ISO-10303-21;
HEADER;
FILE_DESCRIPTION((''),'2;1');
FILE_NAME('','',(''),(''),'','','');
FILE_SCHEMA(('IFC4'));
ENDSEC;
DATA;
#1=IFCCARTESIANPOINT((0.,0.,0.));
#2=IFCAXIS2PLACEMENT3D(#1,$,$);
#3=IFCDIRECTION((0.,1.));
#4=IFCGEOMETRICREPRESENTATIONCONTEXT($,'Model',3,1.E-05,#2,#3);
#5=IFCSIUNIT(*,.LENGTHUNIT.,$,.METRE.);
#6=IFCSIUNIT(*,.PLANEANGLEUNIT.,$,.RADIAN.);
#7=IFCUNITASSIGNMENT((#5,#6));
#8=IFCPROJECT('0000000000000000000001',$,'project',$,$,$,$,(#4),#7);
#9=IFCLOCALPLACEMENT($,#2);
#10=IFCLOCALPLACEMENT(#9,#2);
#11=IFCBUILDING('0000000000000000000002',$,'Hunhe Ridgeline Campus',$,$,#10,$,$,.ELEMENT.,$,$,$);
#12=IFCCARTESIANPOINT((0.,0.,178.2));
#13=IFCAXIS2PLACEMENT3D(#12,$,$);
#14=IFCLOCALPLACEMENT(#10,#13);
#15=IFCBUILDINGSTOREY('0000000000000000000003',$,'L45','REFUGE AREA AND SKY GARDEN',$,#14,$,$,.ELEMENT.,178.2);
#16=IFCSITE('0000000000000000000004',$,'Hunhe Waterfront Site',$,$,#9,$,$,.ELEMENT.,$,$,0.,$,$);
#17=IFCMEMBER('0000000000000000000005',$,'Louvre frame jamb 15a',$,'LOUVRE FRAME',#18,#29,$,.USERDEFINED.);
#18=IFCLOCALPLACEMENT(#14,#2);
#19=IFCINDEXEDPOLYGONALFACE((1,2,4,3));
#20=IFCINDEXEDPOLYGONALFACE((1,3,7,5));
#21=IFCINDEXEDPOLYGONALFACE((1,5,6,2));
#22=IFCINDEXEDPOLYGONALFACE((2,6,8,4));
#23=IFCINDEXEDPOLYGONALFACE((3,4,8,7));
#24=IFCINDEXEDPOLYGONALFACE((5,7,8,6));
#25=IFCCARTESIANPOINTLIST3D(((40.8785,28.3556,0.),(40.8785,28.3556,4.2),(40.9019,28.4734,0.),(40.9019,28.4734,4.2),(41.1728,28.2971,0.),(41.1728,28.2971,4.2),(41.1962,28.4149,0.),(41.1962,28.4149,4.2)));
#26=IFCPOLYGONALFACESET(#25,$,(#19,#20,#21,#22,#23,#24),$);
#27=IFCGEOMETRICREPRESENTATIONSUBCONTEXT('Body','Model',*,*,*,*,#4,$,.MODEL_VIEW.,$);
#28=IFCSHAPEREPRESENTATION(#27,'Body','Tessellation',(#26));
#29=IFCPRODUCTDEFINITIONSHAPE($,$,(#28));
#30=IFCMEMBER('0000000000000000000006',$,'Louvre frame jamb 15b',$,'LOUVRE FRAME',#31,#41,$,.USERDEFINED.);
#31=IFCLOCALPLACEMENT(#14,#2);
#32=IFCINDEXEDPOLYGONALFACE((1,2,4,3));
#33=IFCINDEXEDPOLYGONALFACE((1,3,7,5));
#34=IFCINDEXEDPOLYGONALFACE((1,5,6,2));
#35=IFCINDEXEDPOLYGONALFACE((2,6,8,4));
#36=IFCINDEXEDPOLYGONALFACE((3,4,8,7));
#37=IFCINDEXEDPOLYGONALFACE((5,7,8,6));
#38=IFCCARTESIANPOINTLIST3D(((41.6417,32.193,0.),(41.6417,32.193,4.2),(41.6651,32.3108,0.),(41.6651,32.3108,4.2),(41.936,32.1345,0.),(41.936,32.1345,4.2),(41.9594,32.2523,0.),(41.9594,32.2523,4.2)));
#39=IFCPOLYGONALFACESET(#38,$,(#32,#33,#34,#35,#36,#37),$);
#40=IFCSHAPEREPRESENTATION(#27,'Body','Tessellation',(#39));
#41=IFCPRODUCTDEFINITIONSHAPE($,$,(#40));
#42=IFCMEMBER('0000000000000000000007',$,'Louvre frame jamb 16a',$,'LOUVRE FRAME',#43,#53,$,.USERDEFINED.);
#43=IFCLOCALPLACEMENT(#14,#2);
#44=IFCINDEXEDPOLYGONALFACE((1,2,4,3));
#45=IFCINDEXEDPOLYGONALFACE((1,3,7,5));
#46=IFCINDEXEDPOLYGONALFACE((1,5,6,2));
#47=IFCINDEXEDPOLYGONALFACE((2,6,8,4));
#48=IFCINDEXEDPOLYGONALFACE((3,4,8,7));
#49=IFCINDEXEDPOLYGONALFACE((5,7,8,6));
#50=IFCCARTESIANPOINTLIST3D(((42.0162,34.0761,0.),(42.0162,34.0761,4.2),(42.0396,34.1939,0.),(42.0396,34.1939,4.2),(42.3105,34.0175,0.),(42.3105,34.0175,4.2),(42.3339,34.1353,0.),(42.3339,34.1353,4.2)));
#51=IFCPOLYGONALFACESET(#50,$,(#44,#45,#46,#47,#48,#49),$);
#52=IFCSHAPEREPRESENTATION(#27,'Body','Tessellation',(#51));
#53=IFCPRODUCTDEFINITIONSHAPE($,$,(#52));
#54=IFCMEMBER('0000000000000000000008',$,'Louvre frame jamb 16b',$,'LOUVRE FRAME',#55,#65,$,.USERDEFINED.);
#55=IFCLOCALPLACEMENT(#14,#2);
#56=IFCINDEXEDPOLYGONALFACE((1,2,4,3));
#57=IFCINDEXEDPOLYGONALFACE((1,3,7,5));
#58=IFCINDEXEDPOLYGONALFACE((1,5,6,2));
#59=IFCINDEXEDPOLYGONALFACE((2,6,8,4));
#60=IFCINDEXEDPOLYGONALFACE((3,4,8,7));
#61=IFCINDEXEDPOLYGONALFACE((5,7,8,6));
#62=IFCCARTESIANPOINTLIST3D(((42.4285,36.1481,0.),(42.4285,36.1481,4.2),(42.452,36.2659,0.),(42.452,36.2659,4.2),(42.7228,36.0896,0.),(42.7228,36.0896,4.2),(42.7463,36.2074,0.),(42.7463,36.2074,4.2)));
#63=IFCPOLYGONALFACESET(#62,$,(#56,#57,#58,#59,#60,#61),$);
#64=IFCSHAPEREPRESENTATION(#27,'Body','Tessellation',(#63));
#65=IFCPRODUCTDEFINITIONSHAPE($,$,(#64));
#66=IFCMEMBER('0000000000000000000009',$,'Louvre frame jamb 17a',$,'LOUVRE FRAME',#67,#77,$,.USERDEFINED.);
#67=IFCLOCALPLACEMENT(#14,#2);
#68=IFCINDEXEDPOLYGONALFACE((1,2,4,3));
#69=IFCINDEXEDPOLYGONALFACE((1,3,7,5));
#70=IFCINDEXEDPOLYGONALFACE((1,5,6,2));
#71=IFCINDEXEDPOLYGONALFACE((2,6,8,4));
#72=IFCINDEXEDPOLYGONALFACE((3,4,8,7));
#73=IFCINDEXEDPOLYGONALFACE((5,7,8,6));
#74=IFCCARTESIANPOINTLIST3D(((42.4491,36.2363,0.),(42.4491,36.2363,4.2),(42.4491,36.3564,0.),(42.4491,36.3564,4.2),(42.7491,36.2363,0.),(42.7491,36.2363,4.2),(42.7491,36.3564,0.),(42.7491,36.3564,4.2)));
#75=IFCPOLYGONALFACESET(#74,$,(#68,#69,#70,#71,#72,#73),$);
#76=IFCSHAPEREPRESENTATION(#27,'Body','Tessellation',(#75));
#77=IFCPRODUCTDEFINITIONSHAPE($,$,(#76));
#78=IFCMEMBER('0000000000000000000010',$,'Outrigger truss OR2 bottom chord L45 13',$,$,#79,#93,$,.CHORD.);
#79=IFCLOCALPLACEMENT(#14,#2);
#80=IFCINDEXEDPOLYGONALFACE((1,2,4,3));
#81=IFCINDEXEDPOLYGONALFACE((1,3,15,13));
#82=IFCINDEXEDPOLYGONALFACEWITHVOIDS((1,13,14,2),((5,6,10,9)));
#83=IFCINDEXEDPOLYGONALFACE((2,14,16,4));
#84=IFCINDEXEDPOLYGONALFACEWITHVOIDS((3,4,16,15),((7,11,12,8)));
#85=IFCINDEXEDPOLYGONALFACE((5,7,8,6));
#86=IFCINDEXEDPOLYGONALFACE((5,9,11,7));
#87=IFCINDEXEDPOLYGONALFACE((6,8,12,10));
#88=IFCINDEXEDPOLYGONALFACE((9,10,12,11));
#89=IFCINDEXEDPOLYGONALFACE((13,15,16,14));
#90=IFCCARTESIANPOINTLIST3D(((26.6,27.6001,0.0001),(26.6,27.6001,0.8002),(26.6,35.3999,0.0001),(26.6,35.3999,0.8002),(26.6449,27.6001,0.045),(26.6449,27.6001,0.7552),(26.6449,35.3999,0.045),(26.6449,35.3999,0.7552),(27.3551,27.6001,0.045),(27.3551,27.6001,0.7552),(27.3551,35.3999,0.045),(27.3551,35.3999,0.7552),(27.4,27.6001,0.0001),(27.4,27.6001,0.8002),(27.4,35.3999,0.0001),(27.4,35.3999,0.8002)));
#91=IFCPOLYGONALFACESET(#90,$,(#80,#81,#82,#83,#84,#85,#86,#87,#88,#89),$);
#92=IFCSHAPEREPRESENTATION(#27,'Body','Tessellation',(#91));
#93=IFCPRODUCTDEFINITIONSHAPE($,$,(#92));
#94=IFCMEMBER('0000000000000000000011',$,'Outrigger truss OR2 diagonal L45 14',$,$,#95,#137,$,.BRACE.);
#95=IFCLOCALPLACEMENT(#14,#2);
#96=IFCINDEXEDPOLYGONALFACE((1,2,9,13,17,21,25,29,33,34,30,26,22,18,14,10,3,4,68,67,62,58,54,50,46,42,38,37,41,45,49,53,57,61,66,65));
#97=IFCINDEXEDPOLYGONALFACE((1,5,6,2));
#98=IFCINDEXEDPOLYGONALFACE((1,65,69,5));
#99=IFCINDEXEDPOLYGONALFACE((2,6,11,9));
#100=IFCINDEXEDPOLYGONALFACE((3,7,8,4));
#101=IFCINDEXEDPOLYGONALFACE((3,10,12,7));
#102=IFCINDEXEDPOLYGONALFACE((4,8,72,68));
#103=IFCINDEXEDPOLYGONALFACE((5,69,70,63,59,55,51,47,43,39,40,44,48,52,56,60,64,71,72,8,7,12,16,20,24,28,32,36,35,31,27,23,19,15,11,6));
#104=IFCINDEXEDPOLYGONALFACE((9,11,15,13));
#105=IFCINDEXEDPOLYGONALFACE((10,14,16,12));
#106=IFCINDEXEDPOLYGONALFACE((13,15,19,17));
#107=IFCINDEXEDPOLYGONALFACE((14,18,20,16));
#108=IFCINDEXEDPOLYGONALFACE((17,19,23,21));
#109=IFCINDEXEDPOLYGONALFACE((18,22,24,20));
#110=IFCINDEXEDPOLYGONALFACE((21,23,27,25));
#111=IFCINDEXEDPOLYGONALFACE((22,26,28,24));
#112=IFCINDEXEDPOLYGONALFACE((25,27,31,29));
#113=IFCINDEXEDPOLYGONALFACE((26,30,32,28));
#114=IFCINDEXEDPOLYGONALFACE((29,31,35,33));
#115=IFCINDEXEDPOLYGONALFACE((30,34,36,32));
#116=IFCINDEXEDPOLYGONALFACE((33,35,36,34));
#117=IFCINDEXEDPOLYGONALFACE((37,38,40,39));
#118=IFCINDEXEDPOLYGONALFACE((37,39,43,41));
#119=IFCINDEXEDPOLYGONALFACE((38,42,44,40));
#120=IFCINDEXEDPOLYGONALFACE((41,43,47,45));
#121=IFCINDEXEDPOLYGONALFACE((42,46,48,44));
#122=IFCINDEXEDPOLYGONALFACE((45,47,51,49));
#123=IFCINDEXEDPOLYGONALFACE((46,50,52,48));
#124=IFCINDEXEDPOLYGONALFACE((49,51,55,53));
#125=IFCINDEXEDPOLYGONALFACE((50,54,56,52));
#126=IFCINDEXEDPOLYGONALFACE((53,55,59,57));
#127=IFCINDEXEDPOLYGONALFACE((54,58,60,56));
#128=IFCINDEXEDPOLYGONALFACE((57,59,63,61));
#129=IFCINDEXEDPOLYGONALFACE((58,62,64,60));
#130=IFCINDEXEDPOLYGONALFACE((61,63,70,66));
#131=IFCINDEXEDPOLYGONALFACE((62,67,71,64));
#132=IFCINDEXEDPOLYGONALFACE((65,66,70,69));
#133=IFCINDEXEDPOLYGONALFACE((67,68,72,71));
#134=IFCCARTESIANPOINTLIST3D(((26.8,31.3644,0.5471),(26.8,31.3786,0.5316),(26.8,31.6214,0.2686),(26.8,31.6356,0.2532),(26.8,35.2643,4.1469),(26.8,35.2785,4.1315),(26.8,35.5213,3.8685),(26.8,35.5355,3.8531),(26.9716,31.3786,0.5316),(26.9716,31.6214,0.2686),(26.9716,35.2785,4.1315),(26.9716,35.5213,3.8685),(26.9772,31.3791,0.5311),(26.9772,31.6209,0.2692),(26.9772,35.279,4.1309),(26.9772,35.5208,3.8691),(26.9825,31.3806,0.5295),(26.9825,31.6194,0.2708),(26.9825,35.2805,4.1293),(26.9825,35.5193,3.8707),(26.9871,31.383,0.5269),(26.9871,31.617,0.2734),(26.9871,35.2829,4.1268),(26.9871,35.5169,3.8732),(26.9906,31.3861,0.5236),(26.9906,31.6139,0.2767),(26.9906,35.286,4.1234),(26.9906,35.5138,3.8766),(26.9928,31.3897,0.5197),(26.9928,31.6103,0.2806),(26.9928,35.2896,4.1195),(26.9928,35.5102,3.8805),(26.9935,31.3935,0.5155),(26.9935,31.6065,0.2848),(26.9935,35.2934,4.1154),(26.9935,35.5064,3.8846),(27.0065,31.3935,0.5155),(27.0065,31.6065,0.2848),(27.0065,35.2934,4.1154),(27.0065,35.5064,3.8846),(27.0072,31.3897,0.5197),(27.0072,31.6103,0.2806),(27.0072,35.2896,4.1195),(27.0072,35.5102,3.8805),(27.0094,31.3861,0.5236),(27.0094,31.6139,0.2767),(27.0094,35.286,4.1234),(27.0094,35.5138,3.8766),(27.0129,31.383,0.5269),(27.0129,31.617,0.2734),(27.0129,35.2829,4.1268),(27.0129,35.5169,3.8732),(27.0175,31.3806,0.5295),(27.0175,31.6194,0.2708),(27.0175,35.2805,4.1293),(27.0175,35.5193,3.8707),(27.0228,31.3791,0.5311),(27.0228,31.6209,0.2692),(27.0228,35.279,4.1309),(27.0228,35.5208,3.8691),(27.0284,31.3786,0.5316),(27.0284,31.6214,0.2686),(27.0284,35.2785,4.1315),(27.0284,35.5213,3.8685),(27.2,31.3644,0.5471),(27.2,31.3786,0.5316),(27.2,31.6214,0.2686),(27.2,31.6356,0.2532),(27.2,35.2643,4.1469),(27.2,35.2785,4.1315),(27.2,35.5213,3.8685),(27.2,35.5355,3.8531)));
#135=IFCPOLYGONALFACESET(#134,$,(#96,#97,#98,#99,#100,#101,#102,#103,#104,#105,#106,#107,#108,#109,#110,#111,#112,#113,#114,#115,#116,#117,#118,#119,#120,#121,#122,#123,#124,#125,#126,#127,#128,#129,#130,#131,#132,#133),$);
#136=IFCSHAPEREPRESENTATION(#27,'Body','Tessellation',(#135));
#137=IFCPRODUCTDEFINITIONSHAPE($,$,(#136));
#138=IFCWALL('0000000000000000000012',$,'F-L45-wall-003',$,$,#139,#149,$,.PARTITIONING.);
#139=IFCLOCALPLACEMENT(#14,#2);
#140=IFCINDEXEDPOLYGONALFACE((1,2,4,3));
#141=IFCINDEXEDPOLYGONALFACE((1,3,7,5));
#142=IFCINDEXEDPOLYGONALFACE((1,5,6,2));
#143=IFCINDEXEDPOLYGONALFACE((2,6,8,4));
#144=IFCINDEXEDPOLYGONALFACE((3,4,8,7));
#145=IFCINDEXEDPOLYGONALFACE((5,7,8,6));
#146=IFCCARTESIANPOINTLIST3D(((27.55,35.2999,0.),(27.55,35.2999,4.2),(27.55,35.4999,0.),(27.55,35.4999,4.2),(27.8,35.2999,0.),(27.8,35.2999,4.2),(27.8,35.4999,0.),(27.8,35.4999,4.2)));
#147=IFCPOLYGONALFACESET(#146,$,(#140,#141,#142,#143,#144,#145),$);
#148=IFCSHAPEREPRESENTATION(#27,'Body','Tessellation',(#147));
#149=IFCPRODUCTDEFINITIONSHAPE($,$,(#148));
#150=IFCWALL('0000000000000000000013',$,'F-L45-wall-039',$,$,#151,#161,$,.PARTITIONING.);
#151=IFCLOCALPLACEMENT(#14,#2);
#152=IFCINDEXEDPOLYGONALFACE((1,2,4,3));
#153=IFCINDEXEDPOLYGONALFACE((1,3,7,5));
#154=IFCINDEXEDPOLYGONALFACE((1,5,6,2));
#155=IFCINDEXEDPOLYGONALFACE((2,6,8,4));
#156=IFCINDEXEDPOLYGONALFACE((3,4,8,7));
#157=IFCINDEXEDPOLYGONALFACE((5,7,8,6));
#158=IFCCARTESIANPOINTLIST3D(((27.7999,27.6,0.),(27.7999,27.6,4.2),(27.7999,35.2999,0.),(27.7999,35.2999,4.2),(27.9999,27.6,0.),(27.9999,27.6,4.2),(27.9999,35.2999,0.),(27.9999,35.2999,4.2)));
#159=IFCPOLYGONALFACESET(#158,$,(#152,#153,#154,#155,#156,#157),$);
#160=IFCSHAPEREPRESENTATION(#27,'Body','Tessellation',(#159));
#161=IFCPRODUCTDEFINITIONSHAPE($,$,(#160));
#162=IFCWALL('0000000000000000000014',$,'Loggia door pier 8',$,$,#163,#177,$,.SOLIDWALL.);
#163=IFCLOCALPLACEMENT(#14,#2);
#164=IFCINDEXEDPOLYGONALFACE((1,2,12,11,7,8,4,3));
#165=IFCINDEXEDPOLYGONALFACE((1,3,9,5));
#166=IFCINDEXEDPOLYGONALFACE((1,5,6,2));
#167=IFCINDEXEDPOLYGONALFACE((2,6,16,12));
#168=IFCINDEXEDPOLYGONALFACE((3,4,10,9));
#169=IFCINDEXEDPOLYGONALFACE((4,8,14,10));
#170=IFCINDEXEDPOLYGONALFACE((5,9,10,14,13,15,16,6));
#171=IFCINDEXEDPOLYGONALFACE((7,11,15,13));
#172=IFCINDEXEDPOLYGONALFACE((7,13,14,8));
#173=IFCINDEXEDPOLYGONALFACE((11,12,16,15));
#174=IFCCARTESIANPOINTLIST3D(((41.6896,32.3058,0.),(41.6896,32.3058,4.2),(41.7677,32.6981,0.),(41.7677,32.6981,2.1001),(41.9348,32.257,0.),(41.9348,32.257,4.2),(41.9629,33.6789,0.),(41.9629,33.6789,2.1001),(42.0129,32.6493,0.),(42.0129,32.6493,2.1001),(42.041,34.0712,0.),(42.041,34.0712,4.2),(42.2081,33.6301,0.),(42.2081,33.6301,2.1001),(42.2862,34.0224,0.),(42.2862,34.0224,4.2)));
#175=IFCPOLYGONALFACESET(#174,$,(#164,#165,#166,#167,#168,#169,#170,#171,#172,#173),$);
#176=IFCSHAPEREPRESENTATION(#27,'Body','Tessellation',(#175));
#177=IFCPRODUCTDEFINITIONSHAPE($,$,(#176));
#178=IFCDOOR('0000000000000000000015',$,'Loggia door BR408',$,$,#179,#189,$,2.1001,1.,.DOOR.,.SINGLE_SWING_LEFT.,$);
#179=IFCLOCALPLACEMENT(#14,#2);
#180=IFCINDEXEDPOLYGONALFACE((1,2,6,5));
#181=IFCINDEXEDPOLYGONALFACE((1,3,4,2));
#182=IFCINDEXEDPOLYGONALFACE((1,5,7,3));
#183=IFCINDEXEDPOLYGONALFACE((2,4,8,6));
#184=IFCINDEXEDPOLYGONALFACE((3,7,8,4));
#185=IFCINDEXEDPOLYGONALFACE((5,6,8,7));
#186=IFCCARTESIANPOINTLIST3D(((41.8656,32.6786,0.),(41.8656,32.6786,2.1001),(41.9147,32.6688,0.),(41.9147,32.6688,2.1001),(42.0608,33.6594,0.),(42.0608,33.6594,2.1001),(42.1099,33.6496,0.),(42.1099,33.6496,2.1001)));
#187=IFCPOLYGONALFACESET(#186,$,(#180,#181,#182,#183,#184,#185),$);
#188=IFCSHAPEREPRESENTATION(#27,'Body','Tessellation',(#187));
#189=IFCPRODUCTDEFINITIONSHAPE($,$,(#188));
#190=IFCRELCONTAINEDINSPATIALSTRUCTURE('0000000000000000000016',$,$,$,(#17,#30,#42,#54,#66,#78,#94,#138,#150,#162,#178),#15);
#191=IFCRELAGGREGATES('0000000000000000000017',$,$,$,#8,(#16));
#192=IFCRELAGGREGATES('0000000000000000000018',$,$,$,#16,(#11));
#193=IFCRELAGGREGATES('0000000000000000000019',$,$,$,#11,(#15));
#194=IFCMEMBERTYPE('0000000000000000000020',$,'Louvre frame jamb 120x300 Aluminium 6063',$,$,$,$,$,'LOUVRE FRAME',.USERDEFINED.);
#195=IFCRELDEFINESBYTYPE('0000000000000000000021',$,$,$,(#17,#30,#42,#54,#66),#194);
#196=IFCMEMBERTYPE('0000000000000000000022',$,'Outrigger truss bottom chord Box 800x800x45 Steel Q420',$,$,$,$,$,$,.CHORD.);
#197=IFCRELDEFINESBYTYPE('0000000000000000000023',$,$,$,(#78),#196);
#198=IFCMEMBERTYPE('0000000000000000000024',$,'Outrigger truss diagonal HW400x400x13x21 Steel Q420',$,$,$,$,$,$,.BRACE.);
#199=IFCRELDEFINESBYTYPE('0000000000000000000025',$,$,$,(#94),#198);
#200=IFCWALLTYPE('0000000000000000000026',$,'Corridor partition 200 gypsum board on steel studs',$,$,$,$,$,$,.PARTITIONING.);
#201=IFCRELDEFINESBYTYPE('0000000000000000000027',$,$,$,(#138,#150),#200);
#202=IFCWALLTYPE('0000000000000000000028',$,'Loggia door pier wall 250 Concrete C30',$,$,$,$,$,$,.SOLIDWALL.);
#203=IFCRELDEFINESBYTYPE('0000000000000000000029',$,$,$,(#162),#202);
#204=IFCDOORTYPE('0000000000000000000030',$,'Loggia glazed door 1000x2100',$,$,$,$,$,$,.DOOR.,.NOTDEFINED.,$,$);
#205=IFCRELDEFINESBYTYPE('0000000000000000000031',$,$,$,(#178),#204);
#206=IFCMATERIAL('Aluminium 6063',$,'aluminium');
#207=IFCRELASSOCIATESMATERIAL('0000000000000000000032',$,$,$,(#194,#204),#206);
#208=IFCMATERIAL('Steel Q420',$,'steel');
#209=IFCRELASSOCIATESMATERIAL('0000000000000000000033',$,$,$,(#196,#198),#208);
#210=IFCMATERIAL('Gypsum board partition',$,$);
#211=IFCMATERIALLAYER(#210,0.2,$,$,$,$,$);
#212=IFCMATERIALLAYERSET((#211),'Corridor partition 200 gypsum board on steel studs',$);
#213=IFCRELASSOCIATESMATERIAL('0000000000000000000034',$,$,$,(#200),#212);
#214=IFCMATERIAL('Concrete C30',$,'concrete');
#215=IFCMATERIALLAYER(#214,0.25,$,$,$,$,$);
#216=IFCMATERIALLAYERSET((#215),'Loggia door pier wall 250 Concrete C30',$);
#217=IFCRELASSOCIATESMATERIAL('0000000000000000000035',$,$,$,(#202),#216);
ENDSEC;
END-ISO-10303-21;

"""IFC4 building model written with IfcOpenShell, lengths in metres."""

from ifc_helpers import new_model, si_unit, direction, frame, frame_2d, origin, origin_2d, place, context, subcontext, project, spatial, rectangle, hollow_rectangle, i_section, extrude, material, layer, layer_set, material_profile, profile_set, type_object, element, fill, save


model = new_model("IFC4")

# Units and contexts
model_context = context("Model", 3, precision=1e-05, world=origin(), true_north=direction((0.0, 1.0)))
body_context = subcontext(model_context, "Body", "Model", "MODEL_VIEW")
ifc_project = project(units=[si_unit("LENGTHUNIT", "METRE"), si_unit("PLANEANGLEUNIT", "RADIAN")], contexts=[model_context])

# Site, building, storey
site_placement = place(None, origin())
site = spatial("IfcSite", under=ifc_project, at=site_placement, Name="Hunhe Waterfront Site", CompositionType="ELEMENT", RefElevation=0.0)
building_placement = place(site_placement, origin())
building = spatial("IfcBuilding", under=site, at=building_placement, Name="Hunhe Ridgeline Campus", CompositionType="ELEMENT")
storey_placement = place(building_placement, frame((0.0, 0.0, 178.2)))
storey = spatial("IfcBuildingStorey", under=building, at=storey_placement, Name="L45", Description="REFUGE AREA AND SKY GARDEN", CompositionType="ELEMENT", Elevation=178.2)

# Members
ifc_material_1 = material(Name="Steel Q420", Category="steel")
ifc_material_2 = material(Name="Aluminium 6063", Category="aluminium")
ifc_material_profile_1 = material_profile(ifc_material_2, rectangle(XDim=0.3, YDim=0.1201, at=origin_2d()))
ifc_profile_set_1 = profile_set([ifc_material_profile_1], Name="Aluminium 6063")
member_type_1 = type_object("IfcMemberType", Name="Louvre frame jamb 120x300 Aluminium 6063", ElementType="LOUVRE FRAME", PredefinedType="USERDEFINED", material=ifc_profile_set_1)
for number, where, z_axis, x_axis, name in (
    (1, (41.0374, 28.3853, 0.0), (0.0, 0.0, 1.0), (-0.980785, 0.19509, 0.0), "Louvre frame jamb 15a"),
    (2, (41.8005, 32.2227, 0.0), (0.0, 0.0, 1.0), (-0.980785, 0.19509, 0.0), "Louvre frame jamb 15b"),
    (3, (42.175, 34.1057, 0.0), (0.0, 0.0, 1.0), (-0.980785, 0.19509, 0.0), "Louvre frame jamb 16a"),
    (4, (42.5874, 36.1777, 0.0), (0.0, 0.0, 1.0), (-0.980785, 0.19509, 0.0), "Louvre frame jamb 16b"),
    (5, (42.5991, 36.2964, 0.0), (0.0, 0.0, 1.0), (-1.0, 0.000007, 0.0), "Louvre frame jamb 17a"),
):
    element("IfcMember", number, at=place(storey_placement, frame(where, z_axis=z_axis, x_axis=x_axis)), inside=storey, type_object=member_type_1, Name=name, ObjectType="LOUVRE FRAME", PredefinedType="USERDEFINED", context=body_context, shape_type="SweptSolid", body=[
        extrude(rectangle(XDim=0.3, YDim=0.1201, at=origin_2d()), origin(), (0.0, 0.0, 1.0), 4.2),
    ])
ifc_material_profile_2 = material_profile(ifc_material_1, hollow_rectangle(XDim=0.8, YDim=0.8, WallThickness=0.0449, at=origin_2d()))
ifc_profile_set_2 = profile_set([ifc_material_profile_2], Name="Steel Q420")
member_type_2 = type_object("IfcMemberType", Name="Outrigger truss bottom chord Box 800x800x45 Steel Q420", PredefinedType="CHORD", material=ifc_profile_set_2)
member_1_placement = place(storey_placement, frame((27.0, 35.3999, 0.4001), z_axis=(0.0, -1.0, 0.0), x_axis=(1.0, 0.0, 0.0)))
element("IfcMember", 6, at=member_1_placement, inside=storey, type_object=member_type_2, Name="Outrigger truss OR2 bottom chord L45 13", PredefinedType="CHORD", context=body_context, shape_type="SweptSolid", body=[
    extrude(hollow_rectangle(XDim=0.8, YDim=0.8, WallThickness=0.0449, at=origin_2d()), origin(), (0.0, 0.0, 1.0), 7.7998),
])
ifc_material_profile_3 = material_profile(ifc_material_1, i_section(OverallWidth=0.3999, OverallDepth=0.3999, WebThickness=0.0129, FlangeThickness=0.021, FilletRadius=0.022, at=origin_2d()))
ifc_profile_set_3 = profile_set([ifc_material_profile_3], Name="Steel Q420")
member_type_3 = type_object("IfcMemberType", Name="Outrigger truss diagonal HW400x400x13x21 Steel Q420", PredefinedType="BRACE", material=ifc_profile_set_3)
member_2_placement = place(storey_placement, frame((27.0, 35.3999, 4.0), z_axis=(0.0, -0.734809, -0.678274), x_axis=(1.0, 0.0, 0.0)))
element("IfcMember", 7, at=member_2_placement, inside=storey, type_object=member_type_3, Name="Outrigger truss OR2 diagonal L45 14", PredefinedType="BRACE", context=body_context, shape_type="SweptSolid", body=[
    extrude(i_section(OverallWidth=0.3999, OverallDepth=0.3999, WebThickness=0.0129, FlangeThickness=0.021, FilletRadius=0.022, at=origin_2d()), origin(), (0.0, 0.0, 1.0), 5.3074),
])

# Walls
ifc_material_3 = material(Name="Gypsum board partition")
ifc_layer_1 = layer(ifc_material_3, 0.2)
ifc_layer_set_1 = layer_set([ifc_layer_1], Name="Corridor partition 200 gypsum board on steel studs")
wall_type_1 = type_object("IfcWallType", Name="Corridor partition 200 gypsum board on steel studs", PredefinedType="PARTITIONING", material=ifc_layer_set_1)
wall_1_placement = place(storey_placement, frame((27.55, 35.3999, 0.0), z_axis=(0.0, 0.0, 1.0), x_axis=(1.0, 0.0, 0.0)))
element("IfcWall", 8, at=wall_1_placement, inside=storey, type_object=wall_type_1, Name="F-L45-wall-003", PredefinedType="PARTITIONING", context=body_context, shape_type="SweptSolid", body=[
    extrude(rectangle(XDim=0.25, YDim=0.2, at=frame_2d((0.125, 0.0))), origin(), (0.0, 0.0, 1.0), 4.2),
])
wall_2_placement = place(storey_placement, frame((27.8999, 35.3, 0.0), z_axis=(0.0, 0.0, 1.0), x_axis=(0.0, -1.0, 0.0)))
element("IfcWall", 9, at=wall_2_placement, inside=storey, type_object=wall_type_1, Name="F-L45-wall-039", PredefinedType="PARTITIONING", context=body_context, shape_type="SweptSolid", body=[
    extrude(rectangle(XDim=7.7, YDim=0.2, at=frame_2d((3.8501, 0.0))), origin(), (0.0, 0.0, 1.0), 4.2),
])

# Wall, opening, door
ifc_material_4 = material(Name="Concrete C30", Category="concrete")
ifc_layer_2 = layer(ifc_material_4, 0.25)
ifc_layer_set_2 = layer_set([ifc_layer_2], Name="Loggia door pier wall 250 Concrete C30")
wall_type_2 = type_object("IfcWallType", Name="Loggia door pier wall 250 Concrete C30", PredefinedType="SOLIDWALL", material=ifc_layer_set_2)
wall_3_placement = place(storey_placement, frame((41.8123, 32.2815, 0.0), z_axis=(0.0, 0.0, 1.0), x_axis=(0.195177, 0.980768, 0.0)))
wall_3 = element("IfcWall", 10, at=wall_3_placement, inside=storey, type_object=wall_type_2, Name="Loggia door pier 8", PredefinedType="SOLIDWALL", context=body_context, shape_type="SweptSolid", body=[
    extrude(rectangle(XDim=1.8, YDim=0.25, at=frame_2d((0.8999, 0.0))), origin(), (0.0, 0.0, 1.0), 4.2),
])
opening_1_placement = place(wall_3_placement, frame((0.3999, 0.0, 0.0)))
opening_1 = element("IfcOpeningElement", 11, at=opening_1_placement, cuts=wall_3, PredefinedType="OPENING", context=body_context, shape_type="SweptSolid", body=[
    extrude(rectangle(XDim=1.0, YDim=2.1001, at=frame_2d((0.5, 1.05))), frame((0.0, 0.125, 0.0), z_axis=(0.0, -1.0, 0.0), x_axis=(1.0, 0.0, 0.0)), (0.0, 0.0, 1.0), 0.25),
])
door_type_1 = type_object("IfcDoorType", Name="Loggia glazed door 1000x2100", OperationType="NOTDEFINED", PredefinedType="DOOR", material=ifc_material_2)
door_1_placement = place(opening_1_placement, frame((1.0, 0.0, 0.0), z_axis=(0.0, 0.0, 1.0), x_axis=(-1.0, 0.0, 0.0)))
door_1 = element("IfcDoor", 12, at=door_1_placement, inside=storey, type_object=door_type_1, Name="Loggia door BR408", OperationType="SINGLE_SWING_LEFT", OverallHeight=2.1001, OverallWidth=1.0, PredefinedType="DOOR", context=body_context, shape_type="SweptSolid", body=[
    extrude(rectangle(XDim=1.0, YDim=2.1001, at=frame_2d((0.5, 1.05))), frame((0.0, 0.0249, 0.0), z_axis=(0.0, -1.0, 0.0), x_axis=(1.0, 0.0, 0.0)), (0.0, 0.0, 1.0), 0.05),
])
fill(opening_1, door_1)

save(model, "model.ifc")
